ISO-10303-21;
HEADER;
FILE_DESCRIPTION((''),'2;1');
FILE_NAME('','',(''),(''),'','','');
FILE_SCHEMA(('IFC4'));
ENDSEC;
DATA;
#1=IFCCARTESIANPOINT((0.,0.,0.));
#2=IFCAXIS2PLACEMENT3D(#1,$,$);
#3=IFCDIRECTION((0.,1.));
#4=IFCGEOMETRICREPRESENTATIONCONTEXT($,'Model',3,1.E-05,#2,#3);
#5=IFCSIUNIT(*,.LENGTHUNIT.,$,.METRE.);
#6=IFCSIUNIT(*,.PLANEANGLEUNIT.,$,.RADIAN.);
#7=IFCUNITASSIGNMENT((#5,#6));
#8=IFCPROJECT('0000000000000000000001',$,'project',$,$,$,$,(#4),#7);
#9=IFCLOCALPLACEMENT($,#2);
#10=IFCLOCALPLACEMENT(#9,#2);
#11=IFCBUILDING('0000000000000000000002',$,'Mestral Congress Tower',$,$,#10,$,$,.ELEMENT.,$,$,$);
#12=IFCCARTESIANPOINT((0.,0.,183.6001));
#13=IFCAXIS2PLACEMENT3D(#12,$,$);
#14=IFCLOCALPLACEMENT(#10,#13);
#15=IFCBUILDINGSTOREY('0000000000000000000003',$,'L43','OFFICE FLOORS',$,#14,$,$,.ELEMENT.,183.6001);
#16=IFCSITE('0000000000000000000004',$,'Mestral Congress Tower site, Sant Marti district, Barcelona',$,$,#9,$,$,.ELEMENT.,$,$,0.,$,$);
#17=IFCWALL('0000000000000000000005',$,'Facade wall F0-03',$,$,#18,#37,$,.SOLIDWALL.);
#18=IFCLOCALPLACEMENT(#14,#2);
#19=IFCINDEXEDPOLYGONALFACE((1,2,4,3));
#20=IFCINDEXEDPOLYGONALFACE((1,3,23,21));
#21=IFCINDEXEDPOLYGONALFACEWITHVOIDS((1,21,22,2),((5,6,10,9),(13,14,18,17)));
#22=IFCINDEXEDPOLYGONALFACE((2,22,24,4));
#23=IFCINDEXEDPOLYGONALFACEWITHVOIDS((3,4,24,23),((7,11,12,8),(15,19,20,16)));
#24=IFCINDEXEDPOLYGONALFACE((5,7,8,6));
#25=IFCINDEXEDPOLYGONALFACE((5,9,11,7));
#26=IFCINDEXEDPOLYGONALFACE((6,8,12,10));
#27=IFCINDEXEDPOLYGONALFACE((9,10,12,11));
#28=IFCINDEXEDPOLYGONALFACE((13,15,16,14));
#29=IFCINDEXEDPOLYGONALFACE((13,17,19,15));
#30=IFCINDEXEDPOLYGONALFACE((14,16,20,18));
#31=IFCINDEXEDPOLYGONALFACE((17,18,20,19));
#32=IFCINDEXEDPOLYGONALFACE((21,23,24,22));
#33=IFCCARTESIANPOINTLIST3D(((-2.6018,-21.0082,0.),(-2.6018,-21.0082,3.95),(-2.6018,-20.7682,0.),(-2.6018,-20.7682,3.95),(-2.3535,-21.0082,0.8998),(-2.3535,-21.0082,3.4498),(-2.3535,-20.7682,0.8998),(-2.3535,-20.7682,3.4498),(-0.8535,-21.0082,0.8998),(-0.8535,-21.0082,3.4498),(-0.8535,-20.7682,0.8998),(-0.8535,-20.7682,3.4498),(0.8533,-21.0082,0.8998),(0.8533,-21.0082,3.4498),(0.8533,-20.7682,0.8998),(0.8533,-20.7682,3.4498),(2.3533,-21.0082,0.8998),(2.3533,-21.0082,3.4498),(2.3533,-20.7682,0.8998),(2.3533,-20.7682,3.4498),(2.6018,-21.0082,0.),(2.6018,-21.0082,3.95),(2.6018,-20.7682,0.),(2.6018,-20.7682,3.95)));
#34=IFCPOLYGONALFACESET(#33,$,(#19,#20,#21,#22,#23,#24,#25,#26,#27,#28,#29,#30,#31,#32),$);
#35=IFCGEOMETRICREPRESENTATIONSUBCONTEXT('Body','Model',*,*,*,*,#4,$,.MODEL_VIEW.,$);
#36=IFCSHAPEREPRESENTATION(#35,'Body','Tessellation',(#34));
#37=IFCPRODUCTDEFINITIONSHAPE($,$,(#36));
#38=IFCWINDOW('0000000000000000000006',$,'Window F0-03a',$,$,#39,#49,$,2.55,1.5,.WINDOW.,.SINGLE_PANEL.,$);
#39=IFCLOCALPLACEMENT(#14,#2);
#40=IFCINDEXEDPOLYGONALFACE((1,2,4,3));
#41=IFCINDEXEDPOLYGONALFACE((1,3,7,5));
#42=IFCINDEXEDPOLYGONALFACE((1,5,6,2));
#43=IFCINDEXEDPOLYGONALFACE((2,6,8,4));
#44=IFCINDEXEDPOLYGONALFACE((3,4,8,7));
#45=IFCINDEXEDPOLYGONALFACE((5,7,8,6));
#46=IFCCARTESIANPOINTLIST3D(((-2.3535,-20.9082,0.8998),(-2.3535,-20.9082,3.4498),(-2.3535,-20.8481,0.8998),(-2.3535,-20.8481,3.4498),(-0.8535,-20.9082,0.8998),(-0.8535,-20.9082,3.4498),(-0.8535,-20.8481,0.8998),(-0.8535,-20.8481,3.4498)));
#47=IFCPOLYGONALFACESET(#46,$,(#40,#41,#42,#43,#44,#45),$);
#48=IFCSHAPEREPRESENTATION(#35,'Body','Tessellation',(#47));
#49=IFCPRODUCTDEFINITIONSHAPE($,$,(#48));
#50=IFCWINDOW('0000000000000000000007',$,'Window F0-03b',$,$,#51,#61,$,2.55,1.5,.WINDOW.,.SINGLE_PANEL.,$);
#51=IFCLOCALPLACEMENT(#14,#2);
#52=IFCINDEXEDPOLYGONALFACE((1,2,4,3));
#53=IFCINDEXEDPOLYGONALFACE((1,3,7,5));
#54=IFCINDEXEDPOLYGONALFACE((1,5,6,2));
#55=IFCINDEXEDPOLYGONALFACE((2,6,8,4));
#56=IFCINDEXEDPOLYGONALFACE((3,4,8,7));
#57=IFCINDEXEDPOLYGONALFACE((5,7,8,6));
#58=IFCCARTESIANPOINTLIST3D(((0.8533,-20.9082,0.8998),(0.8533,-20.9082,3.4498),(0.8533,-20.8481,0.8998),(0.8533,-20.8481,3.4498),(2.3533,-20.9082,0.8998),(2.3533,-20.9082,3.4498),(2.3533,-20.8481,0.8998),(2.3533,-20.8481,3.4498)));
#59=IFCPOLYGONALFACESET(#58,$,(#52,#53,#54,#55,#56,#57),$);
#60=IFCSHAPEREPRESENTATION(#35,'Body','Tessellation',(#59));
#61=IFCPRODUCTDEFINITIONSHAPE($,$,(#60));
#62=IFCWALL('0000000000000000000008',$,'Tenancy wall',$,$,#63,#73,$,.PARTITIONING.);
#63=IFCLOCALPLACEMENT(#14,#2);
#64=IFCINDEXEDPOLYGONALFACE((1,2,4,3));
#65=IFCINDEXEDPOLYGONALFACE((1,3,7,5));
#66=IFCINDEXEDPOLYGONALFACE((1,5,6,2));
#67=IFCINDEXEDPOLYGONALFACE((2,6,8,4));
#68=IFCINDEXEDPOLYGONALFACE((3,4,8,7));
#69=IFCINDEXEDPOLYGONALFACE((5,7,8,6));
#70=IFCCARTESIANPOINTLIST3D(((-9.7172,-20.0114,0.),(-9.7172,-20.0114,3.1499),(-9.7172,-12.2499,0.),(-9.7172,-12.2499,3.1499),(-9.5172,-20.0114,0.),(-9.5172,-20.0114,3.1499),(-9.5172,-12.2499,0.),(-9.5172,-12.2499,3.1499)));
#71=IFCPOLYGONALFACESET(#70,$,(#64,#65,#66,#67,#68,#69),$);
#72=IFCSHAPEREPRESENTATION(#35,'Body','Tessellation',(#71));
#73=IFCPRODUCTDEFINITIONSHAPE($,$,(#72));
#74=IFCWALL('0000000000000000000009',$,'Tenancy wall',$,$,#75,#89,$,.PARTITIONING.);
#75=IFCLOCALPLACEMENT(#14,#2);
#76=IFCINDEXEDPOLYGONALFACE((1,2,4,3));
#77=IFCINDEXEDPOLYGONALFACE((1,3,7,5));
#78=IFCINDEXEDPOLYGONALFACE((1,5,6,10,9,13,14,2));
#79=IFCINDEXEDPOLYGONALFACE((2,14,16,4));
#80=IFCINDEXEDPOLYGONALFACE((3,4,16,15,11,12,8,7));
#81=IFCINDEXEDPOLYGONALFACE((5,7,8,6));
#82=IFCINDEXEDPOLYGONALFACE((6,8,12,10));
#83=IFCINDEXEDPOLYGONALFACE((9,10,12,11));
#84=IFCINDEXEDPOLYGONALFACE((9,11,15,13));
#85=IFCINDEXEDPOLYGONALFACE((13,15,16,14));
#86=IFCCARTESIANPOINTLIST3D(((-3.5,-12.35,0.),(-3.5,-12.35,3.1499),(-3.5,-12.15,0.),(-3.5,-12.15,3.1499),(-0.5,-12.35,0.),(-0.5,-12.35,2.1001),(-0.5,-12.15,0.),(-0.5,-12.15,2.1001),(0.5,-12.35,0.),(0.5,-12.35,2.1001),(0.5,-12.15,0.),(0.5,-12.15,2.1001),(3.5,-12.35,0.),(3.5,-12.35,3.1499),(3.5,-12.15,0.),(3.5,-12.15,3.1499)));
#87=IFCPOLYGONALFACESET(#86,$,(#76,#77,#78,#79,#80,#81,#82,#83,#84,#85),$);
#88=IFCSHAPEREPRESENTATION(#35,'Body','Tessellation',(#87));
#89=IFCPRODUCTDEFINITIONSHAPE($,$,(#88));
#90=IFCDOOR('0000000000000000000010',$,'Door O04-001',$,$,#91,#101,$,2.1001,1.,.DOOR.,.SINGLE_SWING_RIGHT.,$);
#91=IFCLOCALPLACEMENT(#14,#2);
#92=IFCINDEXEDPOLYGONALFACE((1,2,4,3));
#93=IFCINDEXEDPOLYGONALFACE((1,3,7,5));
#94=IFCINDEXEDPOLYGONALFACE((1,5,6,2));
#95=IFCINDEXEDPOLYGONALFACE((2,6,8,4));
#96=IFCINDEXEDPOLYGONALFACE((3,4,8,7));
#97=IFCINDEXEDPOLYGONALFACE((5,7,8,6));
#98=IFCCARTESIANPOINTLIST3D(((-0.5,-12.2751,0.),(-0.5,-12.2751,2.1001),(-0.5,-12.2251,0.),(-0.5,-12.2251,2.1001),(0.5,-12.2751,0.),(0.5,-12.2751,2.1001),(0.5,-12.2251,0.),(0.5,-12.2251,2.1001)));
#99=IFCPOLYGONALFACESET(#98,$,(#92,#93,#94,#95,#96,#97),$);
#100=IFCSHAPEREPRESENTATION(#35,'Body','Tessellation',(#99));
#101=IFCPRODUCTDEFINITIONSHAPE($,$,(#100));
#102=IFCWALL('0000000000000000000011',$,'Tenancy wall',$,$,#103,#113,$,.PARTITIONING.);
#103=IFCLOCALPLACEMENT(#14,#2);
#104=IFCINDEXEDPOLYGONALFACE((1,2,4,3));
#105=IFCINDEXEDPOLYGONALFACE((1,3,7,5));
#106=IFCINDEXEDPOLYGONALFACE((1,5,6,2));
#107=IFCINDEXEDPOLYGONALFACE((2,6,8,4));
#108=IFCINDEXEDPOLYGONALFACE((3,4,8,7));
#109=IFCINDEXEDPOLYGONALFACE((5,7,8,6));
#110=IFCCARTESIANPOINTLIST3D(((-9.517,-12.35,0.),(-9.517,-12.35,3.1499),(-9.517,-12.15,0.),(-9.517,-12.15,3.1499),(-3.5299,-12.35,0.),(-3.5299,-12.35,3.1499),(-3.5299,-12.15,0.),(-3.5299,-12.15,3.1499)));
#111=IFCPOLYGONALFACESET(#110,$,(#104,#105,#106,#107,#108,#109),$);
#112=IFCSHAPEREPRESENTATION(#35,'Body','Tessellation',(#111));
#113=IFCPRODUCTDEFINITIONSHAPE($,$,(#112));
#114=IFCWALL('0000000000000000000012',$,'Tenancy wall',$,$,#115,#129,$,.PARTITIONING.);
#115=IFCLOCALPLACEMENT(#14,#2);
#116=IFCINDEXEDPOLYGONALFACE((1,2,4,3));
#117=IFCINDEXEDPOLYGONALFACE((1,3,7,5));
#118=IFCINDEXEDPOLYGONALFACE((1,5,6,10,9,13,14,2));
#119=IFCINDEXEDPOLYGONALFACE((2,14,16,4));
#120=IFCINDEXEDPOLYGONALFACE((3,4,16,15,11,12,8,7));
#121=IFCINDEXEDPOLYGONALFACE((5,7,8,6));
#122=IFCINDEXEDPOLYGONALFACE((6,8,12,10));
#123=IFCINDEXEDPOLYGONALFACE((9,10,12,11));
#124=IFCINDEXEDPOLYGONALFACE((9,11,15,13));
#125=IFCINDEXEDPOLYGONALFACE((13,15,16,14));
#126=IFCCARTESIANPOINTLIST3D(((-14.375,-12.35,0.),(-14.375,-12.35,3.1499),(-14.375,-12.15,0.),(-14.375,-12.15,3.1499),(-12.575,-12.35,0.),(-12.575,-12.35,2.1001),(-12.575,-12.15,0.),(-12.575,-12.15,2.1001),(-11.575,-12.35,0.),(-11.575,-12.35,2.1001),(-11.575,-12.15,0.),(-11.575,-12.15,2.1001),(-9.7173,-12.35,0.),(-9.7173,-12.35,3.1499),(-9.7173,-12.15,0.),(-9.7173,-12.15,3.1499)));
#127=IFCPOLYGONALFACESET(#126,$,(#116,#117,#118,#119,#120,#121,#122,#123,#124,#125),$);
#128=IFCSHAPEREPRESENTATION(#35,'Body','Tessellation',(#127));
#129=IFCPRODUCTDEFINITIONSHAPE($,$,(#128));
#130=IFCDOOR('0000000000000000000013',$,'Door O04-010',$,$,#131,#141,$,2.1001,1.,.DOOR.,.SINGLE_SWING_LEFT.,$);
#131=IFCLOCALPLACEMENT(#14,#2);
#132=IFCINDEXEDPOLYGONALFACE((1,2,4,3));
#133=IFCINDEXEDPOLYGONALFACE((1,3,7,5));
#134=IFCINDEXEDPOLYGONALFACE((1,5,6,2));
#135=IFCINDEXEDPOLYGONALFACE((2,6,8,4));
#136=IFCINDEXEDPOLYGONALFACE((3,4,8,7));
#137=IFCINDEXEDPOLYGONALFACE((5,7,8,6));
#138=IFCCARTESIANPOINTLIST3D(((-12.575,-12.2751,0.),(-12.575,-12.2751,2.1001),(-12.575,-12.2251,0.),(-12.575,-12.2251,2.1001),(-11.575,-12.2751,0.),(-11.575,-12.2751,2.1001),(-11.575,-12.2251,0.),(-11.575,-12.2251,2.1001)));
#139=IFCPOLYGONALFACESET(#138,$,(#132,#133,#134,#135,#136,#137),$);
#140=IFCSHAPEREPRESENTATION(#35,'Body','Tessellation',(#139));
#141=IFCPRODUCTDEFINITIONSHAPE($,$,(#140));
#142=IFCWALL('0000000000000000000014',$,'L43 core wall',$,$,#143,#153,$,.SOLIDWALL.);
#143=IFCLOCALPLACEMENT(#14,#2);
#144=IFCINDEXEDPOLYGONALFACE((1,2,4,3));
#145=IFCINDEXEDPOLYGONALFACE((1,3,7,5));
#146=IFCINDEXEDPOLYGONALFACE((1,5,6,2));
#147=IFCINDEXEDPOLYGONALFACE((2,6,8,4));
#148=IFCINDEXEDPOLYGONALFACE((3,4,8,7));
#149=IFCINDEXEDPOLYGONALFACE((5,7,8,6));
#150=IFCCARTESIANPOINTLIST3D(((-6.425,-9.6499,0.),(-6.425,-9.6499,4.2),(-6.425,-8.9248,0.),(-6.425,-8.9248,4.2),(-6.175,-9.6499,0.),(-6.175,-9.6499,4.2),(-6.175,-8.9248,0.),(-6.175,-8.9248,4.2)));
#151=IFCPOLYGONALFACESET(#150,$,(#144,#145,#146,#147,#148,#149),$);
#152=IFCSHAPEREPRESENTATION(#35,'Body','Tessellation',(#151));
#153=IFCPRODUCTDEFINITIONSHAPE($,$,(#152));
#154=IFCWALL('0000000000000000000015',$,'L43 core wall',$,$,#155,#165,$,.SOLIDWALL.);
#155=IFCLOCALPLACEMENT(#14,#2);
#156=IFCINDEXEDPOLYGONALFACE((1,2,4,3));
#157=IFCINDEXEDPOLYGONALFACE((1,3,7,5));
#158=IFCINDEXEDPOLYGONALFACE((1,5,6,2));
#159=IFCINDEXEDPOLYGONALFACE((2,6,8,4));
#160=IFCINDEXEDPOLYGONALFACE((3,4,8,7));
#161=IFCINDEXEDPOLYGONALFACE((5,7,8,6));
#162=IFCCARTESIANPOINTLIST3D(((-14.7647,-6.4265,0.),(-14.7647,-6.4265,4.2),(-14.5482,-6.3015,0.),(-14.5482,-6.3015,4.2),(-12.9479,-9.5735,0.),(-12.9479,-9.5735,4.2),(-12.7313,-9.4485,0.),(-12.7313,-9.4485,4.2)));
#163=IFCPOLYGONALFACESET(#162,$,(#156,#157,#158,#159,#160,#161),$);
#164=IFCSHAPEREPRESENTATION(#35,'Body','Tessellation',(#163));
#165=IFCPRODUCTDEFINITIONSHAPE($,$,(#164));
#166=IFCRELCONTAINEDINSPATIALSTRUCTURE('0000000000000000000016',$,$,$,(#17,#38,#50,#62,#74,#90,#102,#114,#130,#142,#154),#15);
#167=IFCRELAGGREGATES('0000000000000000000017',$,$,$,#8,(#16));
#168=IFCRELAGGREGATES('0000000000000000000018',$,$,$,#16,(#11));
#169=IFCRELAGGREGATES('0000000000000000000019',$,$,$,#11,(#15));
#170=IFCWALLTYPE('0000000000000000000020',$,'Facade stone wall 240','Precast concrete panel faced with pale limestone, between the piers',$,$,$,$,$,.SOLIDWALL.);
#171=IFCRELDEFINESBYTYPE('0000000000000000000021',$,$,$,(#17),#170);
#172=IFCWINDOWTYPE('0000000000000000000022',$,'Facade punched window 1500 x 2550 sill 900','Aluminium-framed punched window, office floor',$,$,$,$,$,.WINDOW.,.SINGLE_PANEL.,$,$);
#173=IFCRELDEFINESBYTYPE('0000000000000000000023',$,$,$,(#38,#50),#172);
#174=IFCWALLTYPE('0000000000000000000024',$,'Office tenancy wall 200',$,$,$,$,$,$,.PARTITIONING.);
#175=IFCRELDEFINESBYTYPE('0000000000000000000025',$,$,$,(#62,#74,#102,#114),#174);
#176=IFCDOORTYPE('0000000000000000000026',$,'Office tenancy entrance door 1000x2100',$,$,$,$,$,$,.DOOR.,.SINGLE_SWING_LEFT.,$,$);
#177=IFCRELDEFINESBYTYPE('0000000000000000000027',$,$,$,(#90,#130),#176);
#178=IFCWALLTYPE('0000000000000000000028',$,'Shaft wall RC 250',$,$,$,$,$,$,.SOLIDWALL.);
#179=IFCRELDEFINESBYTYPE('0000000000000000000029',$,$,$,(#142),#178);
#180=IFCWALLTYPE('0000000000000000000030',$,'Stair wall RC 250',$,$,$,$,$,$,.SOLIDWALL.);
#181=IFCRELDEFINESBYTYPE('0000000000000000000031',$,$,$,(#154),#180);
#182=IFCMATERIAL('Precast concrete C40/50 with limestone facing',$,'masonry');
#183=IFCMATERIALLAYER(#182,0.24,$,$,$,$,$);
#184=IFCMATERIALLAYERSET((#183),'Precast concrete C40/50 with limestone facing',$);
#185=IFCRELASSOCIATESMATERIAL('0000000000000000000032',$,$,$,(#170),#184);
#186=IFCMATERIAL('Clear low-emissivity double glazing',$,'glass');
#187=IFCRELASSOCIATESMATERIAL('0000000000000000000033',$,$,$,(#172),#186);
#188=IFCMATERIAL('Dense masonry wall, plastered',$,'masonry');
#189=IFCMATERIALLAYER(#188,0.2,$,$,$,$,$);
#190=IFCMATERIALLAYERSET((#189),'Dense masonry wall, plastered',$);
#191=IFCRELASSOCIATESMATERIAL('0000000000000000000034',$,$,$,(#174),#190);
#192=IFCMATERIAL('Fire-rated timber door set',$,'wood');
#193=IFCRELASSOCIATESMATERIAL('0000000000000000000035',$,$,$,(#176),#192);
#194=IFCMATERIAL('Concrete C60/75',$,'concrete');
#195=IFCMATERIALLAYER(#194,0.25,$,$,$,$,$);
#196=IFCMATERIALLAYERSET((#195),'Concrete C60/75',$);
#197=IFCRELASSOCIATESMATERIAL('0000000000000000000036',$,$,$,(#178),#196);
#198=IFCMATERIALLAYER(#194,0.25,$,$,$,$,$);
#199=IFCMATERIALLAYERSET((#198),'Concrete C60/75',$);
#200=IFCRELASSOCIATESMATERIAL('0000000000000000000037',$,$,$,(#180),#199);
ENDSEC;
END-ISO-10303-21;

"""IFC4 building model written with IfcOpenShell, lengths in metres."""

from ifc_helpers import new_model, si_unit, direction, frame, frame_2d, origin, place, context, subcontext, project, spatial, rectangle, extrude, material, layer, layer_set, type_object, element, fill, save


model = new_model("IFC4")

# Units and contexts
model_context = context("Model", 3, precision=1e-05, world=origin(), true_north=direction((0.0, 1.0)))
body_context = subcontext(model_context, "Body", "Model", "MODEL_VIEW")
ifc_project = project(units=[si_unit("LENGTHUNIT", "METRE"), si_unit("PLANEANGLEUNIT", "RADIAN")], contexts=[model_context])

# Site, building, storey
site_placement = place(None, origin())
site = spatial("IfcSite", under=ifc_project, at=site_placement, Name="Mestral Congress Tower site, Sant Marti district, Barcelona", CompositionType="ELEMENT", RefElevation=0.0)
building_placement = place(site_placement, origin())
building = spatial("IfcBuilding", under=site, at=building_placement, Name="Mestral Congress Tower", CompositionType="ELEMENT")
storey_placement = place(building_placement, frame((0.0, 0.0, 183.6001)))
storey = spatial("IfcBuildingStorey", under=building, at=storey_placement, Name="L43", Description="OFFICE FLOORS", CompositionType="ELEMENT", Elevation=183.6001)

# Shared definitions
ifc_material_1 = material(Name="Concrete C60/75", Category="concrete")

# Wall, openings, windows
ifc_material_2 = material(Name="Precast concrete C40/50 with limestone facing", Category="masonry")
ifc_layer_1 = layer(ifc_material_2, 0.24)
ifc_layer_set_1 = layer_set([ifc_layer_1], Name="Precast concrete C40/50 with limestone facing")
wall_type_1 = type_object("IfcWallType", Name="Facade stone wall 240", Description="Precast concrete panel faced with pale limestone, between the piers", PredefinedType="SOLIDWALL", material=ifc_layer_set_1)
ifc_material_3 = material(Name="Clear low-emissivity double glazing", Category="glass")
window_type = type_object("IfcWindowType", Name="Facade punched window 1500 x 2550 sill 900", Description="Aluminium-framed punched window, office floor", PartitioningType="SINGLE_PANEL", PredefinedType="WINDOW", material=ifc_material_3)
wall_1_placement = place(storey_placement, frame((-2.6018, -20.8882, 0.0), z_axis=(0.0, 0.0, 1.0), x_axis=(1.0, 0.0, 0.0)))
wall_1 = element("IfcWall", 1, at=wall_1_placement, inside=storey, type_object=wall_type_1, Name="Facade wall F0-03", PredefinedType="SOLIDWALL", context=body_context, shape_type="SweptSolid", body=[
    extrude(rectangle(XDim=5.2036, YDim=0.24, at=frame_2d((2.6018, 0.0))), origin(), (0.0, 0.0, 1.0), 3.95),
])
opening_1_placement = place(wall_1_placement, frame((0.2483, 0.0, 0.8999)))
opening_1 = element("IfcOpeningElement", 2, at=opening_1_placement, cuts=wall_1, PredefinedType="OPENING", context=body_context, shape_type="SweptSolid", body=[
    extrude(rectangle(XDim=1.5, YDim=2.55, at=frame_2d((0.75, 1.2749))), frame((0.0, 0.1299, 0.0), z_axis=(0.0, -1.0, 0.0), x_axis=(1.0, 0.0, 0.0)), (0.0, 0.0, 1.0), 0.26),
])
opening_2_placement = place(wall_1_placement, frame((3.4551, 0.0, 0.8999)))
opening_2 = element("IfcOpeningElement", 3, at=opening_2_placement, cuts=wall_1, PredefinedType="OPENING", context=body_context, shape_type="SweptSolid", body=[
    extrude(rectangle(XDim=1.5, YDim=2.55, at=frame_2d((0.75, 1.2749))), frame((0.0, 0.1299, 0.0), z_axis=(0.0, -1.0, 0.0), x_axis=(1.0, 0.0, 0.0)), (0.0, 0.0, 1.0), 0.26),
])
window_1_placement = place(opening_1_placement, origin())
window_1 = element("IfcWindow", 4, at=window_1_placement, inside=storey, type_object=window_type, Name="Window F0-03a", OverallHeight=2.55, OverallWidth=1.5, PartitioningType="SINGLE_PANEL", PredefinedType="WINDOW", context=body_context, shape_type="SweptSolid", body=[
    extrude(rectangle(XDim=1.5, YDim=2.55, at=frame_2d((0.75, 1.2749))), frame((0.0, 0.04, 0.0), z_axis=(0.0, -1.0, 0.0), x_axis=(1.0, 0.0, 0.0)), (0.0, 0.0, 1.0), 0.0601),
])
fill(opening_1, window_1)
window_2_placement = place(opening_2_placement, origin())
window_2 = element("IfcWindow", 5, at=window_2_placement, inside=storey, type_object=window_type, Name="Window F0-03b", OverallHeight=2.55, OverallWidth=1.5, PartitioningType="SINGLE_PANEL", PredefinedType="WINDOW", context=body_context, shape_type="SweptSolid", body=[
    extrude(rectangle(XDim=1.5, YDim=2.55, at=frame_2d((0.75, 1.2749))), frame((0.0, 0.04, 0.0), z_axis=(0.0, -1.0, 0.0), x_axis=(1.0, 0.0, 0.0)), (0.0, 0.0, 1.0), 0.0601),
])
fill(opening_2, window_2)

# Wall
ifc_material_4 = material(Name="Dense masonry wall, plastered", Category="masonry")
ifc_layer_2 = layer(ifc_material_4, 0.2)
ifc_layer_set_2 = layer_set([ifc_layer_2], Name="Dense masonry wall, plastered")
wall_type_2 = type_object("IfcWallType", Name="Office tenancy wall 200", PredefinedType="PARTITIONING", material=ifc_layer_set_2)
wall_2_placement = place(storey_placement, frame((-9.6172, -20.0115, 0.0), z_axis=(0.0, 0.0, 1.0), x_axis=(0.0, 1.0, 0.0)))
element("IfcWall", 6, at=wall_2_placement, inside=storey, type_object=wall_type_2, Name="Tenancy wall", PredefinedType="PARTITIONING", context=body_context, shape_type="SweptSolid", body=[
    extrude(rectangle(XDim=7.7615, YDim=0.2, at=frame_2d((3.8809, 0.0))), origin(), (0.0, 0.0, 1.0), 3.1499),
])

# Wall, opening, door
wall_3_placement = place(storey_placement, frame((-3.5, -12.25, 0.0), z_axis=(0.0, 0.0, 1.0), x_axis=(1.0, 0.0, 0.0)))
wall_3 = element("IfcWall", 7, at=wall_3_placement, inside=storey, type_object=wall_type_2, Name="Tenancy wall", PredefinedType="PARTITIONING", context=body_context, shape_type="SweptSolid", body=[
    extrude(rectangle(XDim=7.0, YDim=0.2, at=frame_2d((3.5, 0.0))), origin(), (0.0, 0.0, 1.0), 3.1499),
])
opening_3_placement = place(wall_3_placement, frame((3.0, 0.0, 0.0)))
opening_3 = element("IfcOpeningElement", 8, at=opening_3_placement, cuts=wall_3, PredefinedType="OPENING", context=body_context, shape_type="SweptSolid", body=[
    extrude(rectangle(XDim=1.0, YDim=2.1001, at=frame_2d((0.5, 1.05))), frame((0.0, 0.1099, 0.0), z_axis=(0.0, -1.0, 0.0), x_axis=(1.0, 0.0, 0.0)), (0.0, 0.0, 1.0), 0.22),
])
ifc_material_5 = material(Name="Fire-rated timber door set", Category="wood")
door_type = type_object("IfcDoorType", Name="Office tenancy entrance door 1000x2100", OperationType="SINGLE_SWING_LEFT", PredefinedType="DOOR", material=ifc_material_5)
door_1_placement = place(opening_3_placement, origin())
door_1 = element("IfcDoor", 9, at=door_1_placement, inside=storey, type_object=door_type, Name="Door O04-001", OperationType="SINGLE_SWING_RIGHT", OverallHeight=2.1001, OverallWidth=1.0, PredefinedType="DOOR", context=body_context, shape_type="SweptSolid", body=[
    extrude(rectangle(XDim=1.0, YDim=2.1001, at=frame_2d((0.5, 1.05))), frame((0.0, 0.0249, 0.0), z_axis=(0.0, -1.0, 0.0), x_axis=(1.0, 0.0, 0.0)), (0.0, 0.0, 1.0), 0.05),
])
fill(opening_3, door_1)

# Wall
wall_4_placement = place(storey_placement, frame((-9.5171, -12.25, 0.0), z_axis=(0.0, 0.0, 1.0), x_axis=(1.0, 0.0, 0.0)))
element("IfcWall", 10, at=wall_4_placement, inside=storey, type_object=wall_type_2, Name="Tenancy wall", PredefinedType="PARTITIONING", context=body_context, shape_type="SweptSolid", body=[
    extrude(rectangle(XDim=5.9871, YDim=0.2, at=frame_2d((2.9937, 0.0))), origin(), (0.0, 0.0, 1.0), 3.1499),
])

# Wall, opening, door
wall_5_placement = place(storey_placement, frame((-14.375, -12.25, 0.0), z_axis=(0.0, 0.0, 1.0), x_axis=(1.0, 0.0, 0.0)))
wall_5 = element("IfcWall", 11, at=wall_5_placement, inside=storey, type_object=wall_type_2, Name="Tenancy wall", PredefinedType="PARTITIONING", context=body_context, shape_type="SweptSolid", body=[
    extrude(rectangle(XDim=4.6577, YDim=0.2, at=frame_2d((2.3289, 0.0))), origin(), (0.0, 0.0, 1.0), 3.1499),
])
opening_4_placement = place(wall_5_placement, frame((1.8, 0.0, 0.0)))
opening_4 = element("IfcOpeningElement", 12, at=opening_4_placement, cuts=wall_5, PredefinedType="OPENING", context=body_context, shape_type="SweptSolid", body=[
    extrude(rectangle(XDim=1.0, YDim=2.1001, at=frame_2d((0.5, 1.05))), frame((0.0, 0.1099, 0.0), z_axis=(0.0, -1.0, 0.0), x_axis=(1.0, 0.0, 0.0)), (0.0, 0.0, 1.0), 0.22),
])
door_2_placement = place(opening_4_placement, origin())
door_2 = element("IfcDoor", 13, at=door_2_placement, inside=storey, type_object=door_type, Name="Door O04-010", OperationType="SINGLE_SWING_LEFT", OverallHeight=2.1001, OverallWidth=1.0, PredefinedType="DOOR", context=body_context, shape_type="SweptSolid", body=[
    extrude(rectangle(XDim=1.0, YDim=2.1001, at=frame_2d((0.5, 1.05))), frame((0.0, 0.0249, 0.0), z_axis=(0.0, -1.0, 0.0), x_axis=(1.0, 0.0, 0.0)), (0.0, 0.0, 1.0), 0.05),
])
fill(opening_4, door_2)

# Walls
ifc_layer_3 = layer(ifc_material_1, 0.25)
ifc_layer_set_3 = layer_set([ifc_layer_3], Name="Concrete C60/75")
wall_type_3 = type_object("IfcWallType", Name="Shaft wall RC 250", PredefinedType="SOLIDWALL", material=ifc_layer_set_3)
wall_6_placement = place(storey_placement, frame((-6.3, -8.9248, 0.0), z_axis=(0.0, 0.0, 1.0), x_axis=(0.0, -1.0, 0.0)))
element("IfcWall", 14, at=wall_6_placement, inside=storey, type_object=wall_type_3, Name="L43 core wall", PredefinedType="SOLIDWALL", context=body_context, shape_type="SweptSolid", body=[
    extrude(rectangle(XDim=0.7251, YDim=0.25, at=frame_2d((0.3625, 0.0))), origin(), (0.0, 0.0, 1.0), 4.2),
])
ifc_layer_4 = layer(ifc_material_1, 0.25)
ifc_layer_set_4 = layer_set([ifc_layer_4], Name="Concrete C60/75")
wall_type_4 = type_object("IfcWallType", Name="Stair wall RC 250", PredefinedType="SOLIDWALL", material=ifc_layer_set_4)
wall_7_placement = place(storey_placement, frame((-12.8396, -9.511, 0.0), z_axis=(0.0, 0.0, 1.0), x_axis=(-0.499998, 0.866027, 0.0)))
element("IfcWall", 15, at=wall_7_placement, inside=storey, type_object=wall_type_4, Name="L43 core wall", PredefinedType="SOLIDWALL", context=body_context, shape_type="SweptSolid", body=[
    extrude(rectangle(XDim=3.6338, YDim=0.25, at=frame_2d((1.8169, 0.0))), origin(), (0.0, 0.0, 1.0), 4.2),
])

save(model, "model.ifc")
